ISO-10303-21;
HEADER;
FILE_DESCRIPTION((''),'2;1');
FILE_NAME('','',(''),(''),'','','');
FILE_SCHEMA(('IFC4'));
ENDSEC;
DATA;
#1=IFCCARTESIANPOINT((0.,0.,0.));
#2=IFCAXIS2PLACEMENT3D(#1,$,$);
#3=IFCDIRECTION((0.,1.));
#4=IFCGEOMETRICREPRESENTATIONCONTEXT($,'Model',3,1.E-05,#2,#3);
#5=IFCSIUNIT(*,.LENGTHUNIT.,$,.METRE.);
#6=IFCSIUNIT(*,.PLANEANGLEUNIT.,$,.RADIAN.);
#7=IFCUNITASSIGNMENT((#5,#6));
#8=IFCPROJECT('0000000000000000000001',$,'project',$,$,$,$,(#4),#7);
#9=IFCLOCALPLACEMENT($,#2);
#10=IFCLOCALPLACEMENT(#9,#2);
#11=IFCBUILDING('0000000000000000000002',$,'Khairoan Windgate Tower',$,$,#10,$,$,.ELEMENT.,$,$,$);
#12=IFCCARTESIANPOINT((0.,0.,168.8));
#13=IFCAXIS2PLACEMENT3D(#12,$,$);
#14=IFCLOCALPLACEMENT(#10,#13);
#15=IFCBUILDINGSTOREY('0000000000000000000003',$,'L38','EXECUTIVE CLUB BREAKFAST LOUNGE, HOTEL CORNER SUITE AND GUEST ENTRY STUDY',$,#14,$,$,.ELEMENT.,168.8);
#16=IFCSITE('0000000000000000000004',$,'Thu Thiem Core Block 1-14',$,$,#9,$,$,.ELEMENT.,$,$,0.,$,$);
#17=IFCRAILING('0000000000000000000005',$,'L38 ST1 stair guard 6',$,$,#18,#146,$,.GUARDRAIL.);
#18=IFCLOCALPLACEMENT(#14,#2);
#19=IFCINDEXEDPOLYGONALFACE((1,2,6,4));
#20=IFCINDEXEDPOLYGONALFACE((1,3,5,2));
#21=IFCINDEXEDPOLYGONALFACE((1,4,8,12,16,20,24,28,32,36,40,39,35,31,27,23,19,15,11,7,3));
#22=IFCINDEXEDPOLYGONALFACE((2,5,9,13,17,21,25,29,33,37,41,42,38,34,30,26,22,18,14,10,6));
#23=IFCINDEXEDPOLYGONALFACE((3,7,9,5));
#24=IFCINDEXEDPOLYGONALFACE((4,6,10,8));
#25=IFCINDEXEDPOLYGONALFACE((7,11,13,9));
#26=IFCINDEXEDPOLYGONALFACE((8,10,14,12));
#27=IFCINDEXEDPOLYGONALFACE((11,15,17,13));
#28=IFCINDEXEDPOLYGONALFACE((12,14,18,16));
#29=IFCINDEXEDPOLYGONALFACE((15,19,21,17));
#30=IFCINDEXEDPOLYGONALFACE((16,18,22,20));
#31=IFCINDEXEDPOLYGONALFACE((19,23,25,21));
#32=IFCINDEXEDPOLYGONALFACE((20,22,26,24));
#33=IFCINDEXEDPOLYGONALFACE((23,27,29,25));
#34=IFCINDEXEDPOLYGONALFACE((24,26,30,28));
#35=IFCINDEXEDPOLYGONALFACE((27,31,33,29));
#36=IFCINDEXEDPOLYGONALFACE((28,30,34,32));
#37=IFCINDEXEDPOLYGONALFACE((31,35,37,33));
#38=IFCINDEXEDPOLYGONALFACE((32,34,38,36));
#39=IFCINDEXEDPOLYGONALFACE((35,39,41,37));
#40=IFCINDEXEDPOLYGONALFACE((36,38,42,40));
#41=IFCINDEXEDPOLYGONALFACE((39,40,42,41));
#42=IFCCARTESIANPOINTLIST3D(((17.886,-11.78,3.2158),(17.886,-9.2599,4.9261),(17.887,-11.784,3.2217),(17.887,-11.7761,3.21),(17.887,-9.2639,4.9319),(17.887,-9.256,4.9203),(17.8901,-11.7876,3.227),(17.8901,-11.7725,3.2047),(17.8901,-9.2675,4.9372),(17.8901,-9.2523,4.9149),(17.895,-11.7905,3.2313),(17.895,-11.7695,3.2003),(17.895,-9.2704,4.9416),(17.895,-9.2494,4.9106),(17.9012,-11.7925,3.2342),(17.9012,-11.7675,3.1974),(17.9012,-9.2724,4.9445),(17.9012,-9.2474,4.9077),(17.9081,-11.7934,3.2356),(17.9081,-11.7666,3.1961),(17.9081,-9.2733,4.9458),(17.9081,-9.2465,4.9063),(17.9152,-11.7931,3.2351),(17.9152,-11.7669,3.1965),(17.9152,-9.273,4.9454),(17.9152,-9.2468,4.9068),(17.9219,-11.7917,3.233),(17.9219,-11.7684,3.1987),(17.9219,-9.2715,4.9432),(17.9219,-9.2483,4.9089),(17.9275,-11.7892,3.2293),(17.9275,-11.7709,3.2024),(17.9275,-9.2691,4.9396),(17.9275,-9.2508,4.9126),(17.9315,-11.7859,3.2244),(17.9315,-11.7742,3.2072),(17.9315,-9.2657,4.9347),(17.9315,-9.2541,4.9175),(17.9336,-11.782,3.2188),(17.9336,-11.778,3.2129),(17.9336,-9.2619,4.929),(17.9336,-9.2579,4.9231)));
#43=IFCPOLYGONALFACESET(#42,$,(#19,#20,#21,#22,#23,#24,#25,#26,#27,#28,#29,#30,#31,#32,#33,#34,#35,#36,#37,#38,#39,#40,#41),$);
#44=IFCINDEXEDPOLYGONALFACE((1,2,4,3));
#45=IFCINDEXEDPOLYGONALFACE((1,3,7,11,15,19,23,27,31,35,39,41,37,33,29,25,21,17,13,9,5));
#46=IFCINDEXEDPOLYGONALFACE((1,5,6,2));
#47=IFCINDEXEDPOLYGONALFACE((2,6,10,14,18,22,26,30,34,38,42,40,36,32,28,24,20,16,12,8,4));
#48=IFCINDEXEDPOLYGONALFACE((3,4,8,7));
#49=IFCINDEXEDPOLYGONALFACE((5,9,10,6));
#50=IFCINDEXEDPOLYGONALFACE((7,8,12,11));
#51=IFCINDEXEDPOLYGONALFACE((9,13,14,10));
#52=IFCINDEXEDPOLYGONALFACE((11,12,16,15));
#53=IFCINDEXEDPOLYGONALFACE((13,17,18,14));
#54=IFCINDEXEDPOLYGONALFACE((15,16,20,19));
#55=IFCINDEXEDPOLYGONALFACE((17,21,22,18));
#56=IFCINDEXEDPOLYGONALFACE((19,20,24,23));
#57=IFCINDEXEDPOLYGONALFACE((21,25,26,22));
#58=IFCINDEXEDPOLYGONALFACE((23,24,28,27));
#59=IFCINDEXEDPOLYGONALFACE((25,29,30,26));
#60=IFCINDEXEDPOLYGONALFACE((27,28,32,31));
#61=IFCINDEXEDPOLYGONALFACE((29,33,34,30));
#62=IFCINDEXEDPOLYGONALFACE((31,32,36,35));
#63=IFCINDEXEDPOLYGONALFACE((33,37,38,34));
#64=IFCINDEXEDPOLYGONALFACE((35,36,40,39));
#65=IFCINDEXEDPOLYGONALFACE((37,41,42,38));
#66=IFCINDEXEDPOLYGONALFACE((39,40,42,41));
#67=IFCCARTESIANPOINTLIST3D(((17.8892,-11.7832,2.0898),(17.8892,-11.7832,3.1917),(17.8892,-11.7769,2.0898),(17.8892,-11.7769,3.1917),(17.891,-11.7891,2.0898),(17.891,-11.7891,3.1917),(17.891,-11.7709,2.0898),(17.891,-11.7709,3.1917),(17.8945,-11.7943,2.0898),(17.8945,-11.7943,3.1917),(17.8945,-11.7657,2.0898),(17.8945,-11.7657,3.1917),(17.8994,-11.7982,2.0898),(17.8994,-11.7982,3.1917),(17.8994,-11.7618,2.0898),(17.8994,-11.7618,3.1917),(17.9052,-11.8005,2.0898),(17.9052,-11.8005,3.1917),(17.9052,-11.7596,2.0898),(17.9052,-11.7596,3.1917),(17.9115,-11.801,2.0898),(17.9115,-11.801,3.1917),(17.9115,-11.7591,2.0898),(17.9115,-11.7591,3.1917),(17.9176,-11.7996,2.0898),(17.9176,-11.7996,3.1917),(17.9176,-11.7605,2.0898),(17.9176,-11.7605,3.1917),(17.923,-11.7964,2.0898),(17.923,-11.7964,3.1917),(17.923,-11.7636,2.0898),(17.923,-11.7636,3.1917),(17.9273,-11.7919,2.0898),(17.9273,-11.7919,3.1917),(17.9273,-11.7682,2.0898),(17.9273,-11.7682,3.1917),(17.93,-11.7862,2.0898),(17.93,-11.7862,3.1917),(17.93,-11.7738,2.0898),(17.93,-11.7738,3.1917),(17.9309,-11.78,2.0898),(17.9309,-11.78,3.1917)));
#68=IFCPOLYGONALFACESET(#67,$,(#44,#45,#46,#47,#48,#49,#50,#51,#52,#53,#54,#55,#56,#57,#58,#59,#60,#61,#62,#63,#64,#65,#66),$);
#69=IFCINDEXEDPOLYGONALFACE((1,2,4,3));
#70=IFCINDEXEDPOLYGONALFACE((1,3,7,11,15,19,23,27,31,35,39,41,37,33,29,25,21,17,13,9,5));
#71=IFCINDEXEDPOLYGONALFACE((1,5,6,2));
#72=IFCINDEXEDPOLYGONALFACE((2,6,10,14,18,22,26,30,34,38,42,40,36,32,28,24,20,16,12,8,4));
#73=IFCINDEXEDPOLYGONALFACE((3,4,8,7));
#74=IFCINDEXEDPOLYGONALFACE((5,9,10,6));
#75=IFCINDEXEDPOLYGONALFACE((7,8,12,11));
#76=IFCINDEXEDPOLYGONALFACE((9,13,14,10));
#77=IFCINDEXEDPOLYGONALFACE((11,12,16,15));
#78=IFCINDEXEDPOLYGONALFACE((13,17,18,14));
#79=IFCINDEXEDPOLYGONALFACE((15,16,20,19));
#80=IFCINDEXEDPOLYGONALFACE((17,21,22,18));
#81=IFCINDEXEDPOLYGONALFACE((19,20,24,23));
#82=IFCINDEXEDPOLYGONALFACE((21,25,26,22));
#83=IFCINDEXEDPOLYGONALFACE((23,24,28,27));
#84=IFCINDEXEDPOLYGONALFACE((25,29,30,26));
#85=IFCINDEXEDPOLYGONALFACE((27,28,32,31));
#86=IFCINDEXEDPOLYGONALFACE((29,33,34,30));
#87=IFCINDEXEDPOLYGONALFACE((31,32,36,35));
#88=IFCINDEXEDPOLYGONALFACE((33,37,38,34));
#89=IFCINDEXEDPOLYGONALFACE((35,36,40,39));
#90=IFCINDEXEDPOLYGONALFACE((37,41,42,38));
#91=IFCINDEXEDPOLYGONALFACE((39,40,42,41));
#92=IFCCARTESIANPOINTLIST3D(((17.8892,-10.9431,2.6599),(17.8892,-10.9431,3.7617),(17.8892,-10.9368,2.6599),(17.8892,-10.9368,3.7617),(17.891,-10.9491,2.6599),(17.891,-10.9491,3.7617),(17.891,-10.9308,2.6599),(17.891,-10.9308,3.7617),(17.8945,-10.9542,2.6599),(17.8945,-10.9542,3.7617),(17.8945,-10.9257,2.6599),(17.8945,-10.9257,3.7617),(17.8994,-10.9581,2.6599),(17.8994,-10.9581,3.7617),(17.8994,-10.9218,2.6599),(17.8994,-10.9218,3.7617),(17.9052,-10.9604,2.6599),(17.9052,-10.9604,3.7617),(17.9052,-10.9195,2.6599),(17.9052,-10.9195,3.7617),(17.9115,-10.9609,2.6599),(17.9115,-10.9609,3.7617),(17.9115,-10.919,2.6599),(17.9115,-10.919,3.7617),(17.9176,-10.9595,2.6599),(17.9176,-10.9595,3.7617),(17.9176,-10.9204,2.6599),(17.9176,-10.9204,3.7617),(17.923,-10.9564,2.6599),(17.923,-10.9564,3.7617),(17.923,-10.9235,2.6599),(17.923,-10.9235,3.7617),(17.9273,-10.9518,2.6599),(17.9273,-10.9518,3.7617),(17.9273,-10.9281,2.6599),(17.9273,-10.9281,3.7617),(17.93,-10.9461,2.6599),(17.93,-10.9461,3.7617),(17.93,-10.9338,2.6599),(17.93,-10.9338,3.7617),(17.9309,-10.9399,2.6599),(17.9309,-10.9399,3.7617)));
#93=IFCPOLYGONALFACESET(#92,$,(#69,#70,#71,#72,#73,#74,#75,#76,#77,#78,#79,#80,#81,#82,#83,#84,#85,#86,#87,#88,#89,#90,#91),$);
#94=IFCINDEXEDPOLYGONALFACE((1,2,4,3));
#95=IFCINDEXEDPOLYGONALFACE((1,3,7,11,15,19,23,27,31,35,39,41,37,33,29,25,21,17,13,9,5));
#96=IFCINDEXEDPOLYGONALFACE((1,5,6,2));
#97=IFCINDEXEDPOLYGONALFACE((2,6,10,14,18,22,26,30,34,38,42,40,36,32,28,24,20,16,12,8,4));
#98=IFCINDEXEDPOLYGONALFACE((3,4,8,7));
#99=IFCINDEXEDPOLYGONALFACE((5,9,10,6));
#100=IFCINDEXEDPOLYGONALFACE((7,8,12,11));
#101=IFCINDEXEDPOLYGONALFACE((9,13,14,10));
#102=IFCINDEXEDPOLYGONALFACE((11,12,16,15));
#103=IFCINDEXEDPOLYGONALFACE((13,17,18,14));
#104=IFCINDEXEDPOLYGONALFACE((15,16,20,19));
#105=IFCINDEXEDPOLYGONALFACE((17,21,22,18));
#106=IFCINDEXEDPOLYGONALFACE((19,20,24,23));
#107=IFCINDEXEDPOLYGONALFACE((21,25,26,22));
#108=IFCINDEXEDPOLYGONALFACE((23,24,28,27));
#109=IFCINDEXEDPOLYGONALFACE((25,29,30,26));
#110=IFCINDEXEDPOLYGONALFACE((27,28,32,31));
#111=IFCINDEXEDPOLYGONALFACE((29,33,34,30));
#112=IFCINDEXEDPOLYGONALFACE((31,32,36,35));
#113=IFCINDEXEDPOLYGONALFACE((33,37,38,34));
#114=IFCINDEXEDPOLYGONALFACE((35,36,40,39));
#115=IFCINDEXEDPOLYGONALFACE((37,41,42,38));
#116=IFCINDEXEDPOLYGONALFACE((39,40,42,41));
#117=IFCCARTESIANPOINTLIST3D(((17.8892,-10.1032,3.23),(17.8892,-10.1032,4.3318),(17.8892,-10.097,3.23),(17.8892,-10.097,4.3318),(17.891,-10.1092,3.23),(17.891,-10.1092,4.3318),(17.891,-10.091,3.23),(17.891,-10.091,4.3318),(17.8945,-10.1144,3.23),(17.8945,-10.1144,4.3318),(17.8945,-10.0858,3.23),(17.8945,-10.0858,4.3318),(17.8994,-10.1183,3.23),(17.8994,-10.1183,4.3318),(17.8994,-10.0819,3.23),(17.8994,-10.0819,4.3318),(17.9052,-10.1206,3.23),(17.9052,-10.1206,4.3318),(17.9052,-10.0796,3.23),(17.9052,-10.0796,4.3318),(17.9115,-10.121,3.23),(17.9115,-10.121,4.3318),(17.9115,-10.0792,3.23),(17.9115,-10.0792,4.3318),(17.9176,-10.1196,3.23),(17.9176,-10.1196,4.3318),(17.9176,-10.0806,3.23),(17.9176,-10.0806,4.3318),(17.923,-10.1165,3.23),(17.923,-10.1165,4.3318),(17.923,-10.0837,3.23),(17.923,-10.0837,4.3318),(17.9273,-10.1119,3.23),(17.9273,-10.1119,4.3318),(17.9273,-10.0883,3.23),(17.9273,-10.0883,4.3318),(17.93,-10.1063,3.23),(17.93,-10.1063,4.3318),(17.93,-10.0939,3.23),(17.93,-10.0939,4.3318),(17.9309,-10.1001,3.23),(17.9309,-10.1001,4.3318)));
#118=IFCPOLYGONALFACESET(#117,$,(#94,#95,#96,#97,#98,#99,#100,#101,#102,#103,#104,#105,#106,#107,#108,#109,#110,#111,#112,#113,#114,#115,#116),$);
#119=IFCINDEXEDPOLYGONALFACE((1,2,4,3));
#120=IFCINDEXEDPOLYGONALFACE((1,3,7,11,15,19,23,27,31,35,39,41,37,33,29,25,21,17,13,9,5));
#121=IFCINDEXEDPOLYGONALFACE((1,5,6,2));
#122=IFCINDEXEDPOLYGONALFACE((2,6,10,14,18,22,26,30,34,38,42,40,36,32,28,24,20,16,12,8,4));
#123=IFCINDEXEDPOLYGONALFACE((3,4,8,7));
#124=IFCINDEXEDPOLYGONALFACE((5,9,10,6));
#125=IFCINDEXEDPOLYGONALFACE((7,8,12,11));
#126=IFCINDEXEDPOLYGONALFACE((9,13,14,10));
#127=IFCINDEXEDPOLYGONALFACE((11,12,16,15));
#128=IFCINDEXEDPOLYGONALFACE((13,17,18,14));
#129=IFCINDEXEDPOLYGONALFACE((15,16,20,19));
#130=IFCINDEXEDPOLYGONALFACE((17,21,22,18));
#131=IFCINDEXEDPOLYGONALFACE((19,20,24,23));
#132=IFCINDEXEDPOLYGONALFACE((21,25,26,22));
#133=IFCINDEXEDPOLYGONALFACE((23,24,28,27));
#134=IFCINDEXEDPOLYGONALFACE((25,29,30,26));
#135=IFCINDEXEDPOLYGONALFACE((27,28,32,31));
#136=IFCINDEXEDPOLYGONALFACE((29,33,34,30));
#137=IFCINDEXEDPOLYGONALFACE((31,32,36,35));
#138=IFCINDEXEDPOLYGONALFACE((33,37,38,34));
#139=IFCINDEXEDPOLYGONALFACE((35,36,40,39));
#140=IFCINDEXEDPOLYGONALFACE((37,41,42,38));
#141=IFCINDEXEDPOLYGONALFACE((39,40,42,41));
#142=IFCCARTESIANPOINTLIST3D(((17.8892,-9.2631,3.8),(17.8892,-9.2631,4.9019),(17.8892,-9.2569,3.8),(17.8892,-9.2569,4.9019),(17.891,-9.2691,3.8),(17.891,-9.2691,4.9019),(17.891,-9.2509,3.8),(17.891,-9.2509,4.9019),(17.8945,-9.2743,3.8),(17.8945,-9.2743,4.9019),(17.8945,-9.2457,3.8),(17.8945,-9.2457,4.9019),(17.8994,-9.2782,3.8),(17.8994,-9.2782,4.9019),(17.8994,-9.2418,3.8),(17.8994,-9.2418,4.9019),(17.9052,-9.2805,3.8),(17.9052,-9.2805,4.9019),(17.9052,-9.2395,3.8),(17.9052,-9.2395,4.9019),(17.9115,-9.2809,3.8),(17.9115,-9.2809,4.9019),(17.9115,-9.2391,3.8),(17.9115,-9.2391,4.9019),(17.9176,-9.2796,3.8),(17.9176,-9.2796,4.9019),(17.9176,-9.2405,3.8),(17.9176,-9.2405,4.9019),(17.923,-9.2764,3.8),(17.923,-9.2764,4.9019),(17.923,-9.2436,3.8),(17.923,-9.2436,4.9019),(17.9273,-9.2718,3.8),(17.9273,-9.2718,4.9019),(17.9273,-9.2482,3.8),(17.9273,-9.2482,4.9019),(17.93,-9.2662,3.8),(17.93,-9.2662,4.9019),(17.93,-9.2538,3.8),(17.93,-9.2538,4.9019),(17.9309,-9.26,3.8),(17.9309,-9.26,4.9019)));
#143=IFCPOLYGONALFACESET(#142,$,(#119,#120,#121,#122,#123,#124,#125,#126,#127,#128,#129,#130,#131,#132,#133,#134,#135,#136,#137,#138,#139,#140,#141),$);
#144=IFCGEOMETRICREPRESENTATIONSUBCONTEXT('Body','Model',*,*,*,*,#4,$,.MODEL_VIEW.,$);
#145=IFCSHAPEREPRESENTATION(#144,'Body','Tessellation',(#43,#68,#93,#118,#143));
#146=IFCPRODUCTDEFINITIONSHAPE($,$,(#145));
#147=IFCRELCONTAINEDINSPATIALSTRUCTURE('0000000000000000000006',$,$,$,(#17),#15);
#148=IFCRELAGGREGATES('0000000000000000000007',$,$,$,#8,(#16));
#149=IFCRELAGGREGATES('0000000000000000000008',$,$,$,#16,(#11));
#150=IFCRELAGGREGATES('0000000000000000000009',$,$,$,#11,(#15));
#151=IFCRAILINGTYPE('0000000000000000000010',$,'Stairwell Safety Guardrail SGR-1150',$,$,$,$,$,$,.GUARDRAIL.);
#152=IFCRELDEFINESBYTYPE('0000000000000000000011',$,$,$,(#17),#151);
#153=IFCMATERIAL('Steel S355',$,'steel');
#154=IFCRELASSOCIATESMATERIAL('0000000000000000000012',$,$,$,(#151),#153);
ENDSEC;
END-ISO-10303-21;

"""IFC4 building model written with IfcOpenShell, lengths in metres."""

from ifc_helpers import new_model, si_unit, direction, frame, origin, origin_2d, place, context, subcontext, project, spatial, circle, extrude, material, type_object, element, save


model = new_model("IFC4")

# Units and contexts
model_context = context("Model", 3, precision=1e-05, world=origin(), true_north=direction((0.0, 1.0)))
body_context = subcontext(model_context, "Body", "Model", "MODEL_VIEW")
ifc_project = project(units=[si_unit("LENGTHUNIT", "METRE"), si_unit("PLANEANGLEUNIT", "RADIAN")], contexts=[model_context])

# Site, building, storey
site_placement = place(None, origin())
site = spatial("IfcSite", under=ifc_project, at=site_placement, Name="Thu Thiem Core Block 1-14", CompositionType="ELEMENT", RefElevation=0.0)
building_placement = place(site_placement, origin())
building = spatial("IfcBuilding", under=site, at=building_placement, Name="Khairoan Windgate Tower", CompositionType="ELEMENT")
storey_placement = place(building_placement, frame((0.0, 0.0, 168.8)))
storey = spatial("IfcBuildingStorey", under=building, at=storey_placement, Name="L38", Description="EXECUTIVE CLUB BREAKFAST LOUNGE, HOTEL CORNER SUITE AND GUEST ENTRY STUDY", CompositionType="ELEMENT", Elevation=168.8)

# Railing
ifc_material_1 = material(Name="Steel S355", Category="steel")
railing_type = type_object("IfcRailingType", Name="Stairwell Safety Guardrail SGR-1150", PredefinedType="GUARDRAIL", material=ifc_material_1)
railing_1_placement = place(storey_placement, frame((17.9099, -11.78, 2.0898)))
element("IfcRailing", 1, at=railing_1_placement, inside=storey, type_object=railing_type, Name="L38 ST1 stair guard 6", PredefinedType="GUARDRAIL", context=body_context, shape_type="SweptSolid", body=[
    extrude(circle(Radius=0.0239, at=origin_2d()), frame((0.0, 0.0, 1.126), z_axis=(0.0, 0.827447, 0.561545), x_axis=(-1.0, 0.0, 0.0)), (0.0, 0.0, 1.0), 3.0457),
    extrude(circle(Radius=0.021, at=origin_2d()), origin(), (0.0, 0.0, 1.0), 1.1018),
    extrude(circle(Radius=0.021, at=origin_2d()), frame((0.0, 0.8401, 0.5701)), (0.0, 0.0, 1.0), 1.1018),
    extrude(circle(Radius=0.021, at=origin_2d()), frame((0.0, 1.6799, 1.1401)), (0.0, 0.0, 1.0), 1.1018),
    extrude(circle(Radius=0.021, at=origin_2d()), frame((0.0, 2.52, 1.7102)), (0.0, 0.0, 1.0), 1.1018),
])

save(model, "model.ifc")
